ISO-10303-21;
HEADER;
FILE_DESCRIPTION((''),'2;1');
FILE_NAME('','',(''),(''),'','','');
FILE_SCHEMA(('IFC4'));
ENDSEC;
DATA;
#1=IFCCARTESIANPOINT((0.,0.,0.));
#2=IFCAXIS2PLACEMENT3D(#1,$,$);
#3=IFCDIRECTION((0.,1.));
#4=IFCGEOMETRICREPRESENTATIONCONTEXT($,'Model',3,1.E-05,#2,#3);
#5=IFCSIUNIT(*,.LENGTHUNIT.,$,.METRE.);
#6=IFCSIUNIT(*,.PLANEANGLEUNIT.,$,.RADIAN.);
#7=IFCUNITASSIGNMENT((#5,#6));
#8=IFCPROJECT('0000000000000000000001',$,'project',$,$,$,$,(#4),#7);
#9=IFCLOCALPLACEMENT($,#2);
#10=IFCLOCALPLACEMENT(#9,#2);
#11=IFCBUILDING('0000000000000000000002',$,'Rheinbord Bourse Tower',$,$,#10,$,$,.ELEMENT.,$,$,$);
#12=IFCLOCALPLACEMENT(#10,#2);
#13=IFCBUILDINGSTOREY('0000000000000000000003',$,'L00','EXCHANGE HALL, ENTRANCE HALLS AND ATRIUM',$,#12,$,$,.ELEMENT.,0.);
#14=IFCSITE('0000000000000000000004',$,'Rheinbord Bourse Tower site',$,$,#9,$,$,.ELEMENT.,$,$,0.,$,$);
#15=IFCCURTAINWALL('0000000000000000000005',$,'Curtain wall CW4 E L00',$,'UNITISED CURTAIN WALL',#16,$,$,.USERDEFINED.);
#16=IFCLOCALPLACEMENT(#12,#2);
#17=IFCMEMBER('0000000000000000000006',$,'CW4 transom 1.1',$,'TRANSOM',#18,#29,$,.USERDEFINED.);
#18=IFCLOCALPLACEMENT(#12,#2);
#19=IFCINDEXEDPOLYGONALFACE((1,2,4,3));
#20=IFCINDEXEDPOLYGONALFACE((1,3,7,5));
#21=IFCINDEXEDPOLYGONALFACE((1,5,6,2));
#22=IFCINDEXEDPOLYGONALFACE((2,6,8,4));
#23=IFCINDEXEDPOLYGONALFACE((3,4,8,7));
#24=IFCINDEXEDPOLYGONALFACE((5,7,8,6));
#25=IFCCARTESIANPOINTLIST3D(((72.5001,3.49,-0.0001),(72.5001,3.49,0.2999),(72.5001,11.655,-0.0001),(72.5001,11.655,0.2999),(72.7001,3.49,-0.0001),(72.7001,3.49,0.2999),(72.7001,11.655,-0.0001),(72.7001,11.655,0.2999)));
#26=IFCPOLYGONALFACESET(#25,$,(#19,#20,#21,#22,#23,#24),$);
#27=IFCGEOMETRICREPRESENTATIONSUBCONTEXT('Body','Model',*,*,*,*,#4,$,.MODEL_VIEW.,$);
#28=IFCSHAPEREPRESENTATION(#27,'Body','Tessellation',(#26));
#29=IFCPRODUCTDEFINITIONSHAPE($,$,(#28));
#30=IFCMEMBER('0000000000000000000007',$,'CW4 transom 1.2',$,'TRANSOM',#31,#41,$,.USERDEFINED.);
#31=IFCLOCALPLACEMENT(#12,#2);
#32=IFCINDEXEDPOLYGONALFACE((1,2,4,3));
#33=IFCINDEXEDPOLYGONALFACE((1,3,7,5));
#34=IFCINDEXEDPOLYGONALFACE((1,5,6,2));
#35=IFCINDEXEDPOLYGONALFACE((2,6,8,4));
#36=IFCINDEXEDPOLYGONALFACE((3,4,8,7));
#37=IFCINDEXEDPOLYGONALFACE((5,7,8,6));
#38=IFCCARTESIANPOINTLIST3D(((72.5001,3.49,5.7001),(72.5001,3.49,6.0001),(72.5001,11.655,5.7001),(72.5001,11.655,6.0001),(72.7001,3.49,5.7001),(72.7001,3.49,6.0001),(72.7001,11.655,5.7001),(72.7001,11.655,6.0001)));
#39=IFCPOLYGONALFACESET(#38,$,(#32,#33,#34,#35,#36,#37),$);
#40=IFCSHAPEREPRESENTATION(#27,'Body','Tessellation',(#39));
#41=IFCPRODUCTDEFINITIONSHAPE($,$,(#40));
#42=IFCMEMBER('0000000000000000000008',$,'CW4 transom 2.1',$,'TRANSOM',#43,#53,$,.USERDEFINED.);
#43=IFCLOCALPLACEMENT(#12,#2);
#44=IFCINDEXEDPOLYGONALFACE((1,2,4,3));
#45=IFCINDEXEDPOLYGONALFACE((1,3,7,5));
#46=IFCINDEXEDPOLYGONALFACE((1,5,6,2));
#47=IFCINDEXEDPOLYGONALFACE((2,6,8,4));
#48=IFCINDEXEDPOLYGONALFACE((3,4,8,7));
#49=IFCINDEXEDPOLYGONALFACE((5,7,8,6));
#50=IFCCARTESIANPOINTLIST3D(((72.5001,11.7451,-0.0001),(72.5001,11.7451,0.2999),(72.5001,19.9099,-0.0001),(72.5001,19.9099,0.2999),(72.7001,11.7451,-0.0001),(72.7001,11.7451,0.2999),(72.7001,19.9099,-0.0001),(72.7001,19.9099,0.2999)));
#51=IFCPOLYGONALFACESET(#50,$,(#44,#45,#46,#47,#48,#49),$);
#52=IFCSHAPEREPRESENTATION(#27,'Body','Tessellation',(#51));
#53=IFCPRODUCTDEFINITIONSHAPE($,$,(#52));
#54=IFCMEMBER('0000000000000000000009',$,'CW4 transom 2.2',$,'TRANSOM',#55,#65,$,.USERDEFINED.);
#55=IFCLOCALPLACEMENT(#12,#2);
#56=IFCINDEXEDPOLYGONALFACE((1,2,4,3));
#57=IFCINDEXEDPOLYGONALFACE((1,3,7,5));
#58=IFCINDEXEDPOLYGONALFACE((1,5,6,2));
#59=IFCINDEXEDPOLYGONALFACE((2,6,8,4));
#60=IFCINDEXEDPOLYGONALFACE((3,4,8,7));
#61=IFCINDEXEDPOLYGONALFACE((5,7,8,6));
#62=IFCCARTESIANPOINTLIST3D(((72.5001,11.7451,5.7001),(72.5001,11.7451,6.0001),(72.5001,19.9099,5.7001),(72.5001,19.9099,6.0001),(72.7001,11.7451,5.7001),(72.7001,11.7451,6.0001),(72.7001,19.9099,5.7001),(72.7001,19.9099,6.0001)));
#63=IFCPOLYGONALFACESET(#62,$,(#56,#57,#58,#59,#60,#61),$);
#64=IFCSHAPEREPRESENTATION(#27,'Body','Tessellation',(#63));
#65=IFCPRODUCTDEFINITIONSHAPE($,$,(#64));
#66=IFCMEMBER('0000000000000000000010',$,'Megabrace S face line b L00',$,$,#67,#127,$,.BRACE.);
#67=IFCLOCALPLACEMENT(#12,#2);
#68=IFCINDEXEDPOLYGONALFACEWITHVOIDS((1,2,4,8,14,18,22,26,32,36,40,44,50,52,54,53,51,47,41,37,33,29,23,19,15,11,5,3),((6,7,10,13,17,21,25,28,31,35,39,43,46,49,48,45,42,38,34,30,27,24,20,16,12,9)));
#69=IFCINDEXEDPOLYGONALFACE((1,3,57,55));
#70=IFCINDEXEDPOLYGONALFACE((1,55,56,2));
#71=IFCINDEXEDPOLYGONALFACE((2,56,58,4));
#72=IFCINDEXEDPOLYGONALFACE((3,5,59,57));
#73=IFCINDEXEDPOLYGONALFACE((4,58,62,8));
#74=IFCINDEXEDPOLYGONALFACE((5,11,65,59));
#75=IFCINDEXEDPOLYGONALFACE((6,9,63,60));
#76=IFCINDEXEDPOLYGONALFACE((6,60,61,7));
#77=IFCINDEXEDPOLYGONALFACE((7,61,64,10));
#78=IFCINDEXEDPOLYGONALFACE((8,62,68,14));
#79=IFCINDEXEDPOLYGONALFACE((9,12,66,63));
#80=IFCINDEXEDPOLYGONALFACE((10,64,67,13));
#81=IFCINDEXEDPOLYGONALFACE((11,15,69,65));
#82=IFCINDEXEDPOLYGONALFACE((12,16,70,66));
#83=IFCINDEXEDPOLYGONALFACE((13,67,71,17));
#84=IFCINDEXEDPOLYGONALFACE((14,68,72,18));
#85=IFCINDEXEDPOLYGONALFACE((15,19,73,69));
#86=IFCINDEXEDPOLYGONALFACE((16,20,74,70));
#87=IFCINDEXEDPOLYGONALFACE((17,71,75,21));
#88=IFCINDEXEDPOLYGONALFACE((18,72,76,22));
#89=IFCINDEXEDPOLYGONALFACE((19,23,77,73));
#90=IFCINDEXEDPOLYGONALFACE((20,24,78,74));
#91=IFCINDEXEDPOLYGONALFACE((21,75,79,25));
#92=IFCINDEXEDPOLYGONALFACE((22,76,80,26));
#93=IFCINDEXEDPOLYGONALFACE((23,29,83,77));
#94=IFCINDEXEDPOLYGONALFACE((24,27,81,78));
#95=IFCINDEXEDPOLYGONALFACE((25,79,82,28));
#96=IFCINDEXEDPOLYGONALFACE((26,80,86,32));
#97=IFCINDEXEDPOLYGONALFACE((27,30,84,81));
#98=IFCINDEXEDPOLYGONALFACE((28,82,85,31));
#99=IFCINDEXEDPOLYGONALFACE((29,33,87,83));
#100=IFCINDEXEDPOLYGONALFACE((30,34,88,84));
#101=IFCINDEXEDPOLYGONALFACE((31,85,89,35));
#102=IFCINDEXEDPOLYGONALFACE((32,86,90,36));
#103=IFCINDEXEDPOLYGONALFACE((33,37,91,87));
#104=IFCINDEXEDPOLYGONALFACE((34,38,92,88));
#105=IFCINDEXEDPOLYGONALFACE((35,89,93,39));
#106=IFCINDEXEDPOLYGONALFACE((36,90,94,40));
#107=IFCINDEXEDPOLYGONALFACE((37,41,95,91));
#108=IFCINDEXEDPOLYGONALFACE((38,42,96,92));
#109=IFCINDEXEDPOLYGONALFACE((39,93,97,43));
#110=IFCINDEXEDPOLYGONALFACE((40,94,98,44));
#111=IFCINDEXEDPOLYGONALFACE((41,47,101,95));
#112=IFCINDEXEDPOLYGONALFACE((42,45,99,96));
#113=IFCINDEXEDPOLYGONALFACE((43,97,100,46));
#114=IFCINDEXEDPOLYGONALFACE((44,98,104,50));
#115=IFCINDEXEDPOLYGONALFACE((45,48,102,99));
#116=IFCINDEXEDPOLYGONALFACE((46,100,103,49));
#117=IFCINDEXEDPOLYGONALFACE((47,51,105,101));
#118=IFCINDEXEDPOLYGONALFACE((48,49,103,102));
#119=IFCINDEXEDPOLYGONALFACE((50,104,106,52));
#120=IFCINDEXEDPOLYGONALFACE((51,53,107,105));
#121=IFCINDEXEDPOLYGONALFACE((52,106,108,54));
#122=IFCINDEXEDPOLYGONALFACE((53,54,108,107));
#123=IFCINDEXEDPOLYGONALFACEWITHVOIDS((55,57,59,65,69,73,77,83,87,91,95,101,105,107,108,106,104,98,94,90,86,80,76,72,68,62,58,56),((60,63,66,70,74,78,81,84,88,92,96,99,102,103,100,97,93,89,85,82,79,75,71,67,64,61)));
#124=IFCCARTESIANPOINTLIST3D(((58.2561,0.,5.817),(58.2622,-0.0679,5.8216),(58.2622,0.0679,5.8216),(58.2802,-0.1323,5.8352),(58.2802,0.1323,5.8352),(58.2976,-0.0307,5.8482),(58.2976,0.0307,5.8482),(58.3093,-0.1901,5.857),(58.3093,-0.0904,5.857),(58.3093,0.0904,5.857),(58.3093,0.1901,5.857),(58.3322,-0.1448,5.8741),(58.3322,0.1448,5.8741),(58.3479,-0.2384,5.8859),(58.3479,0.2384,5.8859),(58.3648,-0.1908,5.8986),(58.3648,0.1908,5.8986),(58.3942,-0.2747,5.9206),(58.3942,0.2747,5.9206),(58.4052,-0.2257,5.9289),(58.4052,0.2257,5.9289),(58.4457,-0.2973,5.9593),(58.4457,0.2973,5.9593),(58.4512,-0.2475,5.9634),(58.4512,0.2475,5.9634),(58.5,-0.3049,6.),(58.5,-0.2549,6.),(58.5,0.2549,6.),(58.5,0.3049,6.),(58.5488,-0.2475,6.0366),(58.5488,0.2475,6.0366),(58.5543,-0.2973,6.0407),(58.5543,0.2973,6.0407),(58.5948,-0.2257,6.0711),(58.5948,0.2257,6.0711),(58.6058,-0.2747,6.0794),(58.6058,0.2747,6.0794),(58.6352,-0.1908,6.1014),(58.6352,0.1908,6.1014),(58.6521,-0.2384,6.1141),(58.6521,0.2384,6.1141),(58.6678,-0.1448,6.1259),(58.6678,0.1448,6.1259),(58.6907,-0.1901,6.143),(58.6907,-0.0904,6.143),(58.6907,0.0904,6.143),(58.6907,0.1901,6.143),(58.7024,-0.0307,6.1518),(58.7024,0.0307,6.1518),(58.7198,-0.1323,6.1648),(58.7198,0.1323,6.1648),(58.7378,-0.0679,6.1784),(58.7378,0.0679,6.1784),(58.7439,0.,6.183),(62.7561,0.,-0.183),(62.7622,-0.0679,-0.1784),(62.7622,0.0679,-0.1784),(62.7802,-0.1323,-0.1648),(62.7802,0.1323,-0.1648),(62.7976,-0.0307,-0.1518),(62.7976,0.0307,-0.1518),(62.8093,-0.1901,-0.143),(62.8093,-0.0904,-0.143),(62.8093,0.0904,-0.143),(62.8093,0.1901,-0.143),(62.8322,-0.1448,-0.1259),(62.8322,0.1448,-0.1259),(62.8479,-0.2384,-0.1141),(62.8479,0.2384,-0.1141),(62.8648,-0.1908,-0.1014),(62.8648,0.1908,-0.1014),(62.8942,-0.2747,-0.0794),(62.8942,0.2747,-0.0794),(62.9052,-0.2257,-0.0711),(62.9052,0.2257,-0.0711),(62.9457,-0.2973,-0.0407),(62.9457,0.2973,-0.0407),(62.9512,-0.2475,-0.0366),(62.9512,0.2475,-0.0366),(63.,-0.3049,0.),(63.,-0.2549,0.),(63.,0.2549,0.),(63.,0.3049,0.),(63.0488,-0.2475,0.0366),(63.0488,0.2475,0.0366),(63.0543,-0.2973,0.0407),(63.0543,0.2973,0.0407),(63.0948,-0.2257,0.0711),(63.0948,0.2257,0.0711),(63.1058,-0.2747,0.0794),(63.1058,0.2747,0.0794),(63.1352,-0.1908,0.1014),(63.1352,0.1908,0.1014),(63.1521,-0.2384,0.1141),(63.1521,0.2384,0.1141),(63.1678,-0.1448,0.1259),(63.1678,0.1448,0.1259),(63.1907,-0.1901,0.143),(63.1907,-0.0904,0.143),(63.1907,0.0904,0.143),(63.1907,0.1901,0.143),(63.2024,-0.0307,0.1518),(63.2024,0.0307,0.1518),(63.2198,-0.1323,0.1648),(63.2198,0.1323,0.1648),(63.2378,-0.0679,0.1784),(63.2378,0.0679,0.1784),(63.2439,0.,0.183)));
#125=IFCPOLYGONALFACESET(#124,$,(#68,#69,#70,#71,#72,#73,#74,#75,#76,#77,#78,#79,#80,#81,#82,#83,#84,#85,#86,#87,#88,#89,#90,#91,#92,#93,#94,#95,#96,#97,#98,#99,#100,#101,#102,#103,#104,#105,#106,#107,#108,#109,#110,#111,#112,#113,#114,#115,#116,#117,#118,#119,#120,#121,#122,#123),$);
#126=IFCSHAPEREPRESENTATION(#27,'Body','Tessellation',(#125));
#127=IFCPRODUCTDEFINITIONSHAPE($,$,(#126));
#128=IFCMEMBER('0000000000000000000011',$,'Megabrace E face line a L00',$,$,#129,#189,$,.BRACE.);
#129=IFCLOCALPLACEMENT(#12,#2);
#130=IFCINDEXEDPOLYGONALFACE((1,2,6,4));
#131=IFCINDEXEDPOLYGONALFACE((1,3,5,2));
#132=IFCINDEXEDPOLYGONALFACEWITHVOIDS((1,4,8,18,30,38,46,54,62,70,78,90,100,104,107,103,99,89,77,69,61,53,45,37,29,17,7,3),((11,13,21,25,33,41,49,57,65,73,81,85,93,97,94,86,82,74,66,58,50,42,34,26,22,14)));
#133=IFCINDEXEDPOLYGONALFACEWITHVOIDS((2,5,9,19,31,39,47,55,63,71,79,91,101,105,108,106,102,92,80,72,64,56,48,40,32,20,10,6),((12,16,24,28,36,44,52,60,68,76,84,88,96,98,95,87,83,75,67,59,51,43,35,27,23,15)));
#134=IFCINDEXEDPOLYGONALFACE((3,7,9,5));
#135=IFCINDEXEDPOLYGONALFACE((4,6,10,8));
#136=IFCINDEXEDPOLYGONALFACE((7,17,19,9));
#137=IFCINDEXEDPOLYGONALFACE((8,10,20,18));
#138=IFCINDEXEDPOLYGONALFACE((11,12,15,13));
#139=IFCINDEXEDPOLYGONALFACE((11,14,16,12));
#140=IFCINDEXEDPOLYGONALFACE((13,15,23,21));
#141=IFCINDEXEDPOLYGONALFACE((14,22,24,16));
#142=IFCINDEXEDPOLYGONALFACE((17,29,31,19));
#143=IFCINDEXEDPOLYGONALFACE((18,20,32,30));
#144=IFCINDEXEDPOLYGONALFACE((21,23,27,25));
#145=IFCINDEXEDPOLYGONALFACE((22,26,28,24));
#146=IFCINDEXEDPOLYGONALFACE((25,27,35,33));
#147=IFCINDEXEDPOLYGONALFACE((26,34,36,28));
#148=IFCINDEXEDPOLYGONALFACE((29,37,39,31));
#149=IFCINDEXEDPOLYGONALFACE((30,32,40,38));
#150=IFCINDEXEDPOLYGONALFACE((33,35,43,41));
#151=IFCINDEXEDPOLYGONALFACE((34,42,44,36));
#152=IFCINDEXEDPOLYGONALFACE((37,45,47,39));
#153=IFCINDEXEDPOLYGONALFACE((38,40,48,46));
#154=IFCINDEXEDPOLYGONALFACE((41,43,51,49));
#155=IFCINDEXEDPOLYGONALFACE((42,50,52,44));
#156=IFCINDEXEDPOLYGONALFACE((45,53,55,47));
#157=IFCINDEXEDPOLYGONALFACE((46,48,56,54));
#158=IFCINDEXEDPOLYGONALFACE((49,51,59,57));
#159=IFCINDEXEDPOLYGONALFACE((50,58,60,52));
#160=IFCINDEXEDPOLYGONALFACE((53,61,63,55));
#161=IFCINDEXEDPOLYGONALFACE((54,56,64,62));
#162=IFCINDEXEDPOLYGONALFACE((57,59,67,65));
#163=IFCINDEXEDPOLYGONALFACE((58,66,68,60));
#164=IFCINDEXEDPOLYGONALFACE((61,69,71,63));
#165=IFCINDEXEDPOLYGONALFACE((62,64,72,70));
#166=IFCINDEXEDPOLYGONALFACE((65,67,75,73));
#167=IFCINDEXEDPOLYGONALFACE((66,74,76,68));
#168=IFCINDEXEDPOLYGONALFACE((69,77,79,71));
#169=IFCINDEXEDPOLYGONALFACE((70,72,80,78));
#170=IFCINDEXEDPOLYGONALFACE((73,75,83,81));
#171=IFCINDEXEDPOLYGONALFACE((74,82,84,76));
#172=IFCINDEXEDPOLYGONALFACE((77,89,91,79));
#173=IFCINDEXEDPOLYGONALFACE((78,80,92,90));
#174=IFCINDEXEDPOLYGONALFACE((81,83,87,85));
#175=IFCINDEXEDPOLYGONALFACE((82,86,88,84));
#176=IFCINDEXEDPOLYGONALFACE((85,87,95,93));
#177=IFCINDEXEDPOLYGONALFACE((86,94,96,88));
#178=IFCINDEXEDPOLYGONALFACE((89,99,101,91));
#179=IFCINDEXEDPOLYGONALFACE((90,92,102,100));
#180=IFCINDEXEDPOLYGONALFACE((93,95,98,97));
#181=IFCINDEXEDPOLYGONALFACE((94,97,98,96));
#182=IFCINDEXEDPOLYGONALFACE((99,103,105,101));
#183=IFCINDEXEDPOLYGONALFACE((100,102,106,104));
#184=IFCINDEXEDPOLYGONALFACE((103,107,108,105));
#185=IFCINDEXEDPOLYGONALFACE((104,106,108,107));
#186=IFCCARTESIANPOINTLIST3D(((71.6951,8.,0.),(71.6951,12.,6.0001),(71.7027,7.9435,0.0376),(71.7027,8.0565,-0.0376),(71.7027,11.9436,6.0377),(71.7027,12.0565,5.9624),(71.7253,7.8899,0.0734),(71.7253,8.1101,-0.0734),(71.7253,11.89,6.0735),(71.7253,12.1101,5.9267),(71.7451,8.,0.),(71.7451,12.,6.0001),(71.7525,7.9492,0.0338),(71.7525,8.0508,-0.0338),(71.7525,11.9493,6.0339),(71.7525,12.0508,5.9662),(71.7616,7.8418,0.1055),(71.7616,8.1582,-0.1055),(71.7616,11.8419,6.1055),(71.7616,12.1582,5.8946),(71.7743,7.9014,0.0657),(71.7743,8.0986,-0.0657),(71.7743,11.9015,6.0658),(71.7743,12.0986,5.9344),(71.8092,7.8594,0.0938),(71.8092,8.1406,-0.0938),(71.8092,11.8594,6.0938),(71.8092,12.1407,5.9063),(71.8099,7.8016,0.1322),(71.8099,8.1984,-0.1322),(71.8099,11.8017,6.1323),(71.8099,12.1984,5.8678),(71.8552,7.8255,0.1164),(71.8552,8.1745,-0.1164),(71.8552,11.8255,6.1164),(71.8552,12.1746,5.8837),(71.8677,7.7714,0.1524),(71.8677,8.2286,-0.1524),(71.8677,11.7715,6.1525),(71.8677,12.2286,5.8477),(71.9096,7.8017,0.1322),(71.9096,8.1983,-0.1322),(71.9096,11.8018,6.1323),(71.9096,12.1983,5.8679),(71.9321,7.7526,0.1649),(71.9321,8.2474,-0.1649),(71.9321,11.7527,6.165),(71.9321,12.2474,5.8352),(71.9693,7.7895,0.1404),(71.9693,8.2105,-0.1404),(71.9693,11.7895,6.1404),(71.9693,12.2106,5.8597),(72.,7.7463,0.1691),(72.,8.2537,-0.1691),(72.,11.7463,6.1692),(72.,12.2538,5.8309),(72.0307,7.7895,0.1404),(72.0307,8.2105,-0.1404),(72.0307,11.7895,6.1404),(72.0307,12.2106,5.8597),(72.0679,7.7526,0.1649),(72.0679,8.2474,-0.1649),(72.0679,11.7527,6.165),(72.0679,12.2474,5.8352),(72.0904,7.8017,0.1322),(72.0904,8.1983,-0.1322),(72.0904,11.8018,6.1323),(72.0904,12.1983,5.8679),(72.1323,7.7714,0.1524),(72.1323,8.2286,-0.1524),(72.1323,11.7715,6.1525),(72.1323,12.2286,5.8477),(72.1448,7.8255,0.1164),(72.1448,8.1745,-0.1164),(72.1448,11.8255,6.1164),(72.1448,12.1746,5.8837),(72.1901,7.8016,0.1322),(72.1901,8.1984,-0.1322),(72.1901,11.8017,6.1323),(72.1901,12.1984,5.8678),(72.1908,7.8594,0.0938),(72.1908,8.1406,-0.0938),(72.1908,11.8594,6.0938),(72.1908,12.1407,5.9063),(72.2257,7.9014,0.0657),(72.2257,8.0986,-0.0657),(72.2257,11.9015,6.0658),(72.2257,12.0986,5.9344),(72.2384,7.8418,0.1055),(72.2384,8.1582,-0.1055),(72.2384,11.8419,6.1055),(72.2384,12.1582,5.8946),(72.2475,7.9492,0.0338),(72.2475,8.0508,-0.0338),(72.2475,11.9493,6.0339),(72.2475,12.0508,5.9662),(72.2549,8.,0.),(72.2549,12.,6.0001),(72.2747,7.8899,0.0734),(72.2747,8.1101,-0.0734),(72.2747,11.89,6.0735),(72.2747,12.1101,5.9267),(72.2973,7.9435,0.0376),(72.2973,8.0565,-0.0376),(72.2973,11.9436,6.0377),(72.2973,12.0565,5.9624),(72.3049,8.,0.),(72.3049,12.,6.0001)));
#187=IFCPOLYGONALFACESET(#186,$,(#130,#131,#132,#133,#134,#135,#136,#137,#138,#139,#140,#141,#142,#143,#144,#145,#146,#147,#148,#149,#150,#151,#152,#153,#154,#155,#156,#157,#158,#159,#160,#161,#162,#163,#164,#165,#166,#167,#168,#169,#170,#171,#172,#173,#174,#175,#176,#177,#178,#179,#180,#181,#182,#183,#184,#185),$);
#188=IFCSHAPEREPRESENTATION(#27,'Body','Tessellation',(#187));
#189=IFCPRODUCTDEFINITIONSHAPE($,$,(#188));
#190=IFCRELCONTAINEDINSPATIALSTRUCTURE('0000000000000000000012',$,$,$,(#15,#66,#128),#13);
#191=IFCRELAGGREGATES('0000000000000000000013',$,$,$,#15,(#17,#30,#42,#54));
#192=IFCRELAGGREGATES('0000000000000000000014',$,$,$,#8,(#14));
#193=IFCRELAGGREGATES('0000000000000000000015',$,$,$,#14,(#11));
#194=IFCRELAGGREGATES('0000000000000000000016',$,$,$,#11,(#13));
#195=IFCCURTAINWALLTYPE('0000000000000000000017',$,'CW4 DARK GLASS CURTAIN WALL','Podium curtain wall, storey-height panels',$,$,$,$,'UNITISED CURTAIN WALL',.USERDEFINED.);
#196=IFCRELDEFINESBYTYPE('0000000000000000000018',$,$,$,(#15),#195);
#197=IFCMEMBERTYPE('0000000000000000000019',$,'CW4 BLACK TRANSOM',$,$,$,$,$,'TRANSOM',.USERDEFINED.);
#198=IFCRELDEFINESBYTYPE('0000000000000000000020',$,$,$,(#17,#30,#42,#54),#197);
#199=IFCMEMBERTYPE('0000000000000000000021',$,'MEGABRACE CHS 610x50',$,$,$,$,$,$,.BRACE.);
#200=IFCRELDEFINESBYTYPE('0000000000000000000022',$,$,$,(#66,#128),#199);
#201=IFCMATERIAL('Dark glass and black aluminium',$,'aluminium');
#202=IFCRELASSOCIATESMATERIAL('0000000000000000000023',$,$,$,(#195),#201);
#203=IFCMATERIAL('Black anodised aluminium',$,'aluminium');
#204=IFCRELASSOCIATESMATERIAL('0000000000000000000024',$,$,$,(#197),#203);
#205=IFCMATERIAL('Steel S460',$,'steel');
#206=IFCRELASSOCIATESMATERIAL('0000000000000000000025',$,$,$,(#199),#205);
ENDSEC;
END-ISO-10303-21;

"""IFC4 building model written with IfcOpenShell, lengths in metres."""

from ifc_helpers import new_model, si_unit, direction, frame, origin, origin_2d, place, context, subcontext, project, spatial, rectangle, hollow_circle, extrude, material, material_profile, profile_set, type_object, element, aggregate, save


model = new_model("IFC4")

# Units and contexts
model_context = context("Model", 3, precision=1e-05, world=origin(), true_north=direction((0.0, 1.0)))
body_context = subcontext(model_context, "Body", "Model", "MODEL_VIEW")
ifc_project = project(units=[si_unit("LENGTHUNIT", "METRE"), si_unit("PLANEANGLEUNIT", "RADIAN")], contexts=[model_context])

# Site, building, storey
site_placement = place(None, origin())
site = spatial("IfcSite", under=ifc_project, at=site_placement, Name="Rheinbord Bourse Tower site", CompositionType="ELEMENT", RefElevation=0.0)
building_placement = place(site_placement, origin())
building = spatial("IfcBuilding", under=site, at=building_placement, Name="Rheinbord Bourse Tower", CompositionType="ELEMENT")
storey_placement = place(building_placement, origin())
storey = spatial("IfcBuildingStorey", under=building, at=storey_placement, Name="L00", Description="EXCHANGE HALL, ENTRANCE HALLS AND ATRIUM", CompositionType="ELEMENT", Elevation=0.0)

# Curtain wall
ifc_material_1 = material(Name="Dark glass and black aluminium", Category="aluminium")
curtain_wall_type = type_object("IfcCurtainWallType", Name="CW4 DARK GLASS CURTAIN WALL", Description="Podium curtain wall, storey-height panels", ElementType="UNITISED CURTAIN WALL", PredefinedType="USERDEFINED", material=ifc_material_1)
curtain_wall_1_placement = place(storey_placement, origin())
curtain_wall_1 = element("IfcCurtainWall", 1, at=curtain_wall_1_placement, inside=storey, type_object=curtain_wall_type, Name="Curtain wall CW4 E L00", ObjectType="UNITISED CURTAIN WALL", PredefinedType="USERDEFINED")

# Members
ifc_material_2 = material(Name="Black anodised aluminium", Category="aluminium")
ifc_material_profile_1 = material_profile(ifc_material_2, rectangle(XDim=0.2, YDim=0.3, at=origin_2d()), Name="CW4 TRANSOM 300x200")
ifc_profile_set_1 = profile_set([ifc_material_profile_1], Name="Black anodised aluminium")
member_type_1 = type_object("IfcMemberType", Name="CW4 BLACK TRANSOM", ElementType="TRANSOM", PredefinedType="USERDEFINED", material=ifc_profile_set_1)
member_1_placement = place(storey_placement, frame((72.6001, 3.49, 0.1499), z_axis=(0.0, 1.0, 0.0), x_axis=(-1.0, 0.0, 0.0)))
member_1 = element("IfcMember", 2, at=member_1_placement, type_object=member_type_1, Name="CW4 transom 1.1", ObjectType="TRANSOM", PredefinedType="USERDEFINED", context=body_context, shape_type="SweptSolid", body=[
    extrude(rectangle(XDim=0.2, YDim=0.3, at=origin_2d()), origin(), (0.0, 0.0, 1.0), 8.165),
])
member_2_placement = place(storey_placement, frame((72.6001, 3.49, 5.8501), z_axis=(0.0, 1.0, 0.0), x_axis=(-1.0, 0.0, 0.0)))
member_2 = element("IfcMember", 3, at=member_2_placement, type_object=member_type_1, Name="CW4 transom 1.2", ObjectType="TRANSOM", PredefinedType="USERDEFINED", context=body_context, shape_type="SweptSolid", body=[
    extrude(rectangle(XDim=0.2, YDim=0.3, at=origin_2d()), origin(), (0.0, 0.0, 1.0), 8.165),
])
member_3_placement = place(storey_placement, frame((72.6001, 11.7451, 0.1499), z_axis=(0.0, 1.0, 0.0), x_axis=(-1.0, 0.0, 0.0)))
member_3 = element("IfcMember", 4, at=member_3_placement, type_object=member_type_1, Name="CW4 transom 2.1", ObjectType="TRANSOM", PredefinedType="USERDEFINED", context=body_context, shape_type="SweptSolid", body=[
    extrude(rectangle(XDim=0.2, YDim=0.3, at=origin_2d()), origin(), (0.0, 0.0, 1.0), 8.1648),
])
member_4_placement = place(storey_placement, frame((72.6001, 11.7451, 5.8501), z_axis=(0.0, 1.0, 0.0), x_axis=(-1.0, 0.0, 0.0)))
member_4 = element("IfcMember", 5, at=member_4_placement, type_object=member_type_1, Name="CW4 transom 2.2", ObjectType="TRANSOM", PredefinedType="USERDEFINED", context=body_context, shape_type="SweptSolid", body=[
    extrude(rectangle(XDim=0.2, YDim=0.3, at=origin_2d()), origin(), (0.0, 0.0, 1.0), 8.1648),
])

# Members
ifc_material_3 = material(Name="Steel S460", Category="steel")
ifc_material_profile_2 = material_profile(ifc_material_3, hollow_circle(Radius=0.3049, WallThickness=0.05, at=origin_2d()), Name="CHS 610x50")
ifc_profile_set_2 = profile_set([ifc_material_profile_2], Name="Steel S460")
member_type_2 = type_object("IfcMemberType", Name="MEGABRACE CHS 610x50", PredefinedType="BRACE", material=ifc_profile_set_2)
member_5_placement = place(storey_placement, frame((63.0, 0.0, 0.0), z_axis=(-0.6, 0.0, 0.8), x_axis=(0.0, -1.0, 0.0)))
element("IfcMember", 6, at=member_5_placement, inside=storey, type_object=member_type_2, Name="Megabrace S face line b L00", PredefinedType="BRACE", context=body_context, shape_type="SweptSolid", body=[
    extrude(hollow_circle(Radius=0.3049, WallThickness=0.05, at=origin_2d()), origin(), (0.0, 0.0, 1.0), 7.5),
])
member_6_placement = place(storey_placement, frame((72.0, 8.0, 0.0), z_axis=(0.0, 0.5547, 0.83205), x_axis=(-1.0, 0.0, 0.0)))
element("IfcMember", 7, at=member_6_placement, inside=storey, type_object=member_type_2, Name="Megabrace E face line a L00", PredefinedType="BRACE", context=body_context, shape_type="SweptSolid", body=[
    extrude(hollow_circle(Radius=0.3049, WallThickness=0.05, at=origin_2d()), origin(), (0.0, 0.0, 1.0), 7.2112),
])

aggregate(curtain_wall_1, [member_1, member_2, member_3, member_4])

save(model, "model.ifc")
